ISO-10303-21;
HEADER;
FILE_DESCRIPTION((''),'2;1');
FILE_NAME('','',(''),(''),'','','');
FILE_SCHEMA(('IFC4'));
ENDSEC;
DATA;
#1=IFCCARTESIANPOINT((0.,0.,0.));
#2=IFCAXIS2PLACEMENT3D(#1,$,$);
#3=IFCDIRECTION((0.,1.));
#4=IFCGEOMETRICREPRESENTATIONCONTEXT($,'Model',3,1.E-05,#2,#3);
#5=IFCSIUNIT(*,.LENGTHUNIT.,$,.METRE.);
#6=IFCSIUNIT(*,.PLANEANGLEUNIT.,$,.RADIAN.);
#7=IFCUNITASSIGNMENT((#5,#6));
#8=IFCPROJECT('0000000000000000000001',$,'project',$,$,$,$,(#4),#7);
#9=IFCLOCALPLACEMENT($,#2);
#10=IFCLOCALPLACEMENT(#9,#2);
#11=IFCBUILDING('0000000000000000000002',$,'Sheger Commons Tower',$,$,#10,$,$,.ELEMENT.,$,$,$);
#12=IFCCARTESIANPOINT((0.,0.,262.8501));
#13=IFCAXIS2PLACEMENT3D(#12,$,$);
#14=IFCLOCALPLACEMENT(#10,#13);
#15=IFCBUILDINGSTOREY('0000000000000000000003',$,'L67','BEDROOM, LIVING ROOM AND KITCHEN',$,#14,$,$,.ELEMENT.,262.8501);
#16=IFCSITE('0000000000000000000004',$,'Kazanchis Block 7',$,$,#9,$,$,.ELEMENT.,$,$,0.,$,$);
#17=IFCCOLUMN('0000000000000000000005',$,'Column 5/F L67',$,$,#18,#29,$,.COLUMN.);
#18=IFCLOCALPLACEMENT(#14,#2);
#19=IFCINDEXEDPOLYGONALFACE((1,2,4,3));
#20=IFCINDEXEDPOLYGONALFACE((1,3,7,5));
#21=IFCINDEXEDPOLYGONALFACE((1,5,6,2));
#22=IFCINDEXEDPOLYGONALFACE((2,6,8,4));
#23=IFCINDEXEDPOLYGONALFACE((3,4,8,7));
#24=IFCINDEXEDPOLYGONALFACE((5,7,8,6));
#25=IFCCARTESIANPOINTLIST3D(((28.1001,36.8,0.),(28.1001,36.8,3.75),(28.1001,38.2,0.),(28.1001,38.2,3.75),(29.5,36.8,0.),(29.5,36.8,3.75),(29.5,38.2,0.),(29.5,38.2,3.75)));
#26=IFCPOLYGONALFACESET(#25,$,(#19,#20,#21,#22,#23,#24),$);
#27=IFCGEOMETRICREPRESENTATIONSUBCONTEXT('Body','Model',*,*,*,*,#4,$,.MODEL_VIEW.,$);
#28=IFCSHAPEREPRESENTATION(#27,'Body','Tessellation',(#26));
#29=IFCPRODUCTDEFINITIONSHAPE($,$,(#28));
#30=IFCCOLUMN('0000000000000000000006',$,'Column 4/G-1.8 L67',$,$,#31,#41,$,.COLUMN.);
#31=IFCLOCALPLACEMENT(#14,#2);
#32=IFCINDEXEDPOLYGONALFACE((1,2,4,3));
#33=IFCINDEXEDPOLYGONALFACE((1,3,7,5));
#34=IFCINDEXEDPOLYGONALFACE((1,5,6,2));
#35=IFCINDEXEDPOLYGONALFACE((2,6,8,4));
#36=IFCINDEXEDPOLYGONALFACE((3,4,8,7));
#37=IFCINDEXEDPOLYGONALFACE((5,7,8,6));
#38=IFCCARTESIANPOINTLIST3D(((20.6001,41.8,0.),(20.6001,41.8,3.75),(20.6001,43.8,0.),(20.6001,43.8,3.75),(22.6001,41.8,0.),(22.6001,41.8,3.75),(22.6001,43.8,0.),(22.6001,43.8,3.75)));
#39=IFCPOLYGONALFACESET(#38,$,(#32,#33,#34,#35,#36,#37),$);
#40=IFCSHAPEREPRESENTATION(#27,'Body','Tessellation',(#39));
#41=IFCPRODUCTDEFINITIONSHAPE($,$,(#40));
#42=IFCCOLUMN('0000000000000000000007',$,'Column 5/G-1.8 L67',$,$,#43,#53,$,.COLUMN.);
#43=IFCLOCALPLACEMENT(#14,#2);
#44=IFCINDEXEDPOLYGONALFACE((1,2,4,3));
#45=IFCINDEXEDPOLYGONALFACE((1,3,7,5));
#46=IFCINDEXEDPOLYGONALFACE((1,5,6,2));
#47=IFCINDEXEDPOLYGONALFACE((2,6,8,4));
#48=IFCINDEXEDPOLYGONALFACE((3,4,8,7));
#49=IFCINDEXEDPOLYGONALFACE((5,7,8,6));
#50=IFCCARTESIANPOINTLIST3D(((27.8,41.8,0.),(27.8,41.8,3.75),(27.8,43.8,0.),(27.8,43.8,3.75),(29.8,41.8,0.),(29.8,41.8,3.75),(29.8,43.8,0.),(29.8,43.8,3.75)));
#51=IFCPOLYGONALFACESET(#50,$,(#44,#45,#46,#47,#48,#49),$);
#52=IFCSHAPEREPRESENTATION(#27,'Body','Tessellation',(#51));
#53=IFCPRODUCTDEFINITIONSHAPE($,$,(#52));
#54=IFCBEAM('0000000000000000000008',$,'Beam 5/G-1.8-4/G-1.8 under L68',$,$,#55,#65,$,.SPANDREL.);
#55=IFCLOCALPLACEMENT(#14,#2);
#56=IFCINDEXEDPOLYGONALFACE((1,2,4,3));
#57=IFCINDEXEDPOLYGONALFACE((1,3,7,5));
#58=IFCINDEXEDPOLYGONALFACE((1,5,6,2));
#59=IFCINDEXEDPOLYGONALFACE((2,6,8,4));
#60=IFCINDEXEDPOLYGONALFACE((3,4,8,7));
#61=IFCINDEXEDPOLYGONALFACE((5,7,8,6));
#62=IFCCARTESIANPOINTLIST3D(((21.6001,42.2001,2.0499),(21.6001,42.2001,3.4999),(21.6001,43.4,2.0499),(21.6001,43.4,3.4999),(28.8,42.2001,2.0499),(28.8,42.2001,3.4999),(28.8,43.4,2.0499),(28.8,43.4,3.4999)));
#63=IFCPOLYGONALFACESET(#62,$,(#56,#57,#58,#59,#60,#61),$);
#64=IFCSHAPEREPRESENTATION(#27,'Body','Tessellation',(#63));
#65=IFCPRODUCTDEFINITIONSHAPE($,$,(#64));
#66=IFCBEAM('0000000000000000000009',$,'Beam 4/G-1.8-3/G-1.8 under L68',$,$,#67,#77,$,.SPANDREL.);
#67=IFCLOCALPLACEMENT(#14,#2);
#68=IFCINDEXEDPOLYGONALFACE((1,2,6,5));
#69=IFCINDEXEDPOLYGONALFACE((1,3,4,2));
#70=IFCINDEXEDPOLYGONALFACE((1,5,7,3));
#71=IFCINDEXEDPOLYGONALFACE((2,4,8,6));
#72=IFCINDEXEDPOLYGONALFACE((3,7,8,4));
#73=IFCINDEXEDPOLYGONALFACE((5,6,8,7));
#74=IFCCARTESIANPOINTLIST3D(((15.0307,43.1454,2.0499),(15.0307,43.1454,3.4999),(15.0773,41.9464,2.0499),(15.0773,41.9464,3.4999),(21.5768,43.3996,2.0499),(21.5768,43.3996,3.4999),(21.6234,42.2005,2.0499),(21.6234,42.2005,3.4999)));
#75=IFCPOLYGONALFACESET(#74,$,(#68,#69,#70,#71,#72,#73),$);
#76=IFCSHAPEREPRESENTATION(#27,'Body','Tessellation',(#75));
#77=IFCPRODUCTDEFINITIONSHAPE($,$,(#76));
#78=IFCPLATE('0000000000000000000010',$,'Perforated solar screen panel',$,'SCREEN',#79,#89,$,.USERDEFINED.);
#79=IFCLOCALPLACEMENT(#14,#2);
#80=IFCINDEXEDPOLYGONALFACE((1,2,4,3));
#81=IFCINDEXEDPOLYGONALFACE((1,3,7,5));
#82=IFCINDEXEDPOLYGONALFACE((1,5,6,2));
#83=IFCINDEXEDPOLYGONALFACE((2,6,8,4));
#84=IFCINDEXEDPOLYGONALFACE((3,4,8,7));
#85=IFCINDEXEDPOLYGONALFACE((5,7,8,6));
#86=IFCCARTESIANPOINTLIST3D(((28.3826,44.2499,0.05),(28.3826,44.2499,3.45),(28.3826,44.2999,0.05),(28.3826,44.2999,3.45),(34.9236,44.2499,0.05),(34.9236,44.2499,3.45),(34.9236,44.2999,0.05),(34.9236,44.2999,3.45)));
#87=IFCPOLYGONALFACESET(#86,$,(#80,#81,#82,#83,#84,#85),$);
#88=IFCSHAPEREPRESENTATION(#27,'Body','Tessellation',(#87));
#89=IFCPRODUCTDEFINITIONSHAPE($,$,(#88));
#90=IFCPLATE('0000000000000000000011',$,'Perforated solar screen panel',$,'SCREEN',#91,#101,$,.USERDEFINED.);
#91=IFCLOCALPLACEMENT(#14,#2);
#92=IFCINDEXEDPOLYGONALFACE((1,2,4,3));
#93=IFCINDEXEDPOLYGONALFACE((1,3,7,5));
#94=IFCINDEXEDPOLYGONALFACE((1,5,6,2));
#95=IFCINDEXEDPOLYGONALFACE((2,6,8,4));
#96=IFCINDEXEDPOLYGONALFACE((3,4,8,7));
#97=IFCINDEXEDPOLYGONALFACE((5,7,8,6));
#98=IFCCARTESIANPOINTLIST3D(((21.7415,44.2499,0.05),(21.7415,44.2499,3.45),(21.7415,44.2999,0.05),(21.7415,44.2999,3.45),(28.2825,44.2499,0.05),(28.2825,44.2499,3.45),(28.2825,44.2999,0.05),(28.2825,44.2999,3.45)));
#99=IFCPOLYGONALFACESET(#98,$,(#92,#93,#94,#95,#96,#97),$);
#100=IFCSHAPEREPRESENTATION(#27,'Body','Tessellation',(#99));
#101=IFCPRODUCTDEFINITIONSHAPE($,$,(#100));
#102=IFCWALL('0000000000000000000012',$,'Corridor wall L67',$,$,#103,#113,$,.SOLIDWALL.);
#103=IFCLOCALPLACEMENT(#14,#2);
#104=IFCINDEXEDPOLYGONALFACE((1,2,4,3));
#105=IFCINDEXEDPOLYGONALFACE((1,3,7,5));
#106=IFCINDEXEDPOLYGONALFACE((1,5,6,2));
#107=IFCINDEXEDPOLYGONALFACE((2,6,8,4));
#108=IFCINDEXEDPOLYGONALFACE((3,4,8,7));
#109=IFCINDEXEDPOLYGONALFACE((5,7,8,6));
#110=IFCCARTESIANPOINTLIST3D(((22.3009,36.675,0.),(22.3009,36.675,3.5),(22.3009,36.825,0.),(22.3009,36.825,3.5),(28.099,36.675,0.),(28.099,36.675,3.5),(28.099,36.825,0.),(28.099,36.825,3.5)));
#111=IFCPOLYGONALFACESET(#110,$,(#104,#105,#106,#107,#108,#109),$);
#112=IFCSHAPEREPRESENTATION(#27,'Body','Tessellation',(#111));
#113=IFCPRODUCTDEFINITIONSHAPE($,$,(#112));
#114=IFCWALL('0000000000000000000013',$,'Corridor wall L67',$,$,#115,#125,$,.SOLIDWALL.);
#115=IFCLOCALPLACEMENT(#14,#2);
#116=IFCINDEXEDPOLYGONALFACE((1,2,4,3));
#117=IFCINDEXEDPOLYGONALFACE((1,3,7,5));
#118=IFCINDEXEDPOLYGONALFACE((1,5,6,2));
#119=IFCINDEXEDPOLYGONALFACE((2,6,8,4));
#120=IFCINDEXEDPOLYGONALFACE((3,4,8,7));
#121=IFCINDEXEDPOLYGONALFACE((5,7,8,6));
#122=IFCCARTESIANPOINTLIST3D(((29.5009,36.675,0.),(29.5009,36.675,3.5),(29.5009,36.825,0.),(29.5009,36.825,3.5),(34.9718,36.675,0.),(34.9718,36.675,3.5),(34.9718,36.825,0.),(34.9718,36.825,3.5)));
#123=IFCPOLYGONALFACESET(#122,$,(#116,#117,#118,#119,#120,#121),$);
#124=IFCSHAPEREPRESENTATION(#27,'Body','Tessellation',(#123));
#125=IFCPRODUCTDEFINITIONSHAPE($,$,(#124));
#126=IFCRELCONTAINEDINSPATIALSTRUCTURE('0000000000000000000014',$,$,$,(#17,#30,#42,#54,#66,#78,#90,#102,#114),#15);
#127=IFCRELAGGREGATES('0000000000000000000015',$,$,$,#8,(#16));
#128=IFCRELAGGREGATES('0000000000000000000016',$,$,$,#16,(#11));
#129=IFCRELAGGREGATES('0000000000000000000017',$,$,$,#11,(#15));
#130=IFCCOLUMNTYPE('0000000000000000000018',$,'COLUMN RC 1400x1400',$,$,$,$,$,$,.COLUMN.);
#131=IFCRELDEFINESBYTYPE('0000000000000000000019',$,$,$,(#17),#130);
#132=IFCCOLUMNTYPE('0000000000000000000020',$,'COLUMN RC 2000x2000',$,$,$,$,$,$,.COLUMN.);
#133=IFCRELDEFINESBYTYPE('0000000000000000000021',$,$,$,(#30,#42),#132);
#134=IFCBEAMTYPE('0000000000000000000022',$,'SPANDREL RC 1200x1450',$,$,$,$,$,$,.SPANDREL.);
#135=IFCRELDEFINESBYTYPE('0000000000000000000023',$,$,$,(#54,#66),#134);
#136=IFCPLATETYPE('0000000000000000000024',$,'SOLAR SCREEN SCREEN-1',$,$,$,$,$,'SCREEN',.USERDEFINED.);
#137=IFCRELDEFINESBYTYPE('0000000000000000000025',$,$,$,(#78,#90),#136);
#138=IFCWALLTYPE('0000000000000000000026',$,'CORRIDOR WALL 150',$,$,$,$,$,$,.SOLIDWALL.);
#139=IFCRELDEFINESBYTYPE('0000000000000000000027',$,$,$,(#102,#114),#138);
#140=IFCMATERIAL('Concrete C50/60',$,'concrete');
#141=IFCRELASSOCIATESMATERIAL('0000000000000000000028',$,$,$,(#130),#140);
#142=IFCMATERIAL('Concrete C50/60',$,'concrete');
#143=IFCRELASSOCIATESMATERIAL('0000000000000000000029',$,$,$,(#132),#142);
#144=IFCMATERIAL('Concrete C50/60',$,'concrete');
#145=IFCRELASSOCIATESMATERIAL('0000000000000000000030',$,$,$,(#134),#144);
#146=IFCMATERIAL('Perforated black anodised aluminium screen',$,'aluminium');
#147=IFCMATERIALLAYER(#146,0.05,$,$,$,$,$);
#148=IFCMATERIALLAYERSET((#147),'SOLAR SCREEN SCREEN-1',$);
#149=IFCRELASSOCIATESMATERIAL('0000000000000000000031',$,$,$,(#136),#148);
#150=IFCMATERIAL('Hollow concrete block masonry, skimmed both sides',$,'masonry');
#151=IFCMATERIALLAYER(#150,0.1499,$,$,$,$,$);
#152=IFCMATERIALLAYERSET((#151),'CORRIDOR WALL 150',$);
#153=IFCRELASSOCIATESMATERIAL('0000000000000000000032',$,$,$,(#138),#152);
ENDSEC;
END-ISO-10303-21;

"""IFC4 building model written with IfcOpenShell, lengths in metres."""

from ifc_helpers import new_model, si_unit, direction, frame, frame_2d, origin, origin_2d, place, context, subcontext, project, spatial, rectangle, extrude, material, layer, layer_set, material_profile, profile_set, type_object, element, save


model = new_model("IFC4")

# Units and contexts
model_context = context("Model", 3, precision=1e-05, world=origin(), true_north=direction((0.0, 1.0)))
body_context = subcontext(model_context, "Body", "Model", "MODEL_VIEW")
ifc_project = project(units=[si_unit("LENGTHUNIT", "METRE"), si_unit("PLANEANGLEUNIT", "RADIAN")], contexts=[model_context])

# Site, building, storey
site_placement = place(None, origin())
site = spatial("IfcSite", under=ifc_project, at=site_placement, Name="Kazanchis Block 7", CompositionType="ELEMENT", RefElevation=0.0)
building_placement = place(site_placement, origin())
building = spatial("IfcBuilding", under=site, at=building_placement, Name="Sheger Commons Tower", CompositionType="ELEMENT")
storey_placement = place(building_placement, frame((0.0, 0.0, 262.8501)))
storey = spatial("IfcBuildingStorey", under=building, at=storey_placement, Name="L67", Description="BEDROOM, LIVING ROOM AND KITCHEN", CompositionType="ELEMENT", Elevation=262.8501)

# Columns
ifc_material_1 = material(Name="Concrete C50/60", Category="concrete")
ifc_material_profile_1 = material_profile(ifc_material_1, rectangle(XDim=1.3999, YDim=1.3999, at=origin_2d()), Name="RC 1400x1400")
ifc_profile_set_1 = profile_set([ifc_material_profile_1], Name="Concrete C50/60")
column_type_1 = type_object("IfcColumnType", Name="COLUMN RC 1400x1400", PredefinedType="COLUMN", material=ifc_profile_set_1)
column_placement = place(storey_placement, frame((28.8, 37.5, 0.0), z_axis=(0.0, 0.0, 1.0), x_axis=(1.0, 0.0, 0.0)))
element("IfcColumn", 1, at=column_placement, inside=storey, type_object=column_type_1, Name="Column 5/F L67", PredefinedType="COLUMN", context=body_context, shape_type="SweptSolid", body=[
    extrude(rectangle(XDim=1.3999, YDim=1.3999, at=origin_2d()), origin(), (0.0, 0.0, 1.0), 3.75),
])
ifc_material_2 = material(Name="Concrete C50/60", Category="concrete")
ifc_material_profile_2 = material_profile(ifc_material_2, rectangle(XDim=2.0, YDim=2.0, at=origin_2d()), Name="RC 2000x2000")
ifc_profile_set_2 = profile_set([ifc_material_profile_2], Name="Concrete C50/60")
column_type_2 = type_object("IfcColumnType", Name="COLUMN RC 2000x2000", PredefinedType="COLUMN", material=ifc_profile_set_2)
for number, where, z_axis, x_axis, name in (
    (2, (21.6001, 42.8, 0.0), (0.0, 0.0, 1.0), (1.0, 0.0, 0.0), "Column 4/G-1.8 L67"),
    (3, (28.8, 42.8, 0.0), (0.0, 0.0, 1.0), (1.0, 0.0, 0.0), "Column 5/G-1.8 L67"),
):
    element("IfcColumn", number, at=place(storey_placement, frame(where, z_axis=z_axis, x_axis=x_axis)), inside=storey, type_object=column_type_2, Name=name, PredefinedType="COLUMN", context=body_context, shape_type="SweptSolid", body=[
        extrude(rectangle(XDim=2.0, YDim=2.0, at=origin_2d()), origin(), (0.0, 0.0, 1.0), 3.75),
    ])

# Beams
ifc_material_3 = material(Name="Concrete C50/60", Category="concrete")
ifc_material_profile_3 = material_profile(ifc_material_3, rectangle(XDim=1.2, YDim=1.45, at=origin_2d()), Name="RC 1200x1450")
ifc_profile_set_3 = profile_set([ifc_material_profile_3], Name="Concrete C50/60")
beam_type = type_object("IfcBeamType", Name="SPANDREL RC 1200x1450", PredefinedType="SPANDREL", material=ifc_profile_set_3)
beam_1_placement = place(storey_placement, frame((28.8, 42.8, 2.7749), z_axis=(-1.0, 0.0, 0.0), x_axis=(0.0, -1.0, 0.0)))
element("IfcBeam", 4, at=beam_1_placement, inside=storey, type_object=beam_type, Name="Beam 5/G-1.8-4/G-1.8 under L68", PredefinedType="SPANDREL", context=body_context, shape_type="SweptSolid", body=[
    extrude(rectangle(XDim=1.2, YDim=1.45, at=origin_2d()), origin(), (0.0, 0.0, 1.0), 7.2),
])
beam_2_placement = place(storey_placement, frame((21.6001, 42.8, 2.7749), z_axis=(-0.999247, -0.038795, 0.0), x_axis=(0.038795, -0.999247, 0.0)))
element("IfcBeam", 5, at=beam_2_placement, inside=storey, type_object=beam_type, Name="Beam 4/G-1.8-3/G-1.8 under L68", PredefinedType="SPANDREL", context=body_context, shape_type="SweptSolid", body=[
    extrude(rectangle(XDim=1.2, YDim=1.45, at=origin_2d()), origin(), (0.0, 0.0, 1.0), 6.551),
])

# Plates
ifc_material_4 = material(Name="Perforated black anodised aluminium screen", Category="aluminium")
ifc_layer_1 = layer(ifc_material_4, 0.05)
ifc_layer_set_1 = layer_set([ifc_layer_1], Name="SOLAR SCREEN SCREEN-1")
plate_type = type_object("IfcPlateType", Name="SOLAR SCREEN SCREEN-1", ElementType="SCREEN", PredefinedType="USERDEFINED", material=ifc_layer_set_1)
for number, where, z_axis, x_axis, name in (
    (6, (31.6531, 44.2749, 0.05), (0.0, 0.0, 1.0), (-1.0, 0.0, 0.0), "Perforated solar screen panel"),
    (7, (25.012, 44.2749, 0.05), (0.0, 0.0, 1.0), (-1.0, 0.0, 0.0), "Perforated solar screen panel"),
):
    element("IfcPlate", number, at=place(storey_placement, frame(where, z_axis=z_axis, x_axis=x_axis)), inside=storey, type_object=plate_type, Name=name, ObjectType="SCREEN", PredefinedType="USERDEFINED", context=body_context, shape_type="SweptSolid", body=[
        extrude(rectangle(XDim=6.541, YDim=0.05, at=origin_2d()), origin(), (0.0, 0.0, 1.0), 3.3999),
    ])

# Walls
ifc_material_5 = material(Name="Hollow concrete block masonry, skimmed both sides", Category="masonry")
ifc_layer_2 = layer(ifc_material_5, 0.1499)
ifc_layer_set_2 = layer_set([ifc_layer_2], Name="CORRIDOR WALL 150")
wall_type_1 = type_object("IfcWallType", Name="CORRIDOR WALL 150", PredefinedType="SOLIDWALL", material=ifc_layer_set_2)
wall_1_placement = place(storey_placement, frame((22.301, 36.75, 0.0), z_axis=(0.0, 0.0, 1.0), x_axis=(1.0, 0.0, 0.0)))
element("IfcWall", 8, at=wall_1_placement, inside=storey, type_object=wall_type_1, Name="Corridor wall L67", PredefinedType="SOLIDWALL", context=body_context, shape_type="SweptSolid", body=[
    extrude(rectangle(XDim=5.7981, YDim=0.1499, at=frame_2d((2.8989, 0.0))), origin(), (0.0, 0.0, 1.0), 3.5),
])
wall_2_placement = place(storey_placement, frame((29.501, 36.75, 0.0), z_axis=(0.0, 0.0, 1.0), x_axis=(1.0, 0.0, 0.0)))
element("IfcWall", 9, at=wall_2_placement, inside=storey, type_object=wall_type_1, Name="Corridor wall L67", PredefinedType="SOLIDWALL", context=body_context, shape_type="SweptSolid", body=[
    extrude(rectangle(XDim=5.4709, YDim=0.1499, at=frame_2d((2.7354, 0.0))), origin(), (0.0, 0.0, 1.0), 3.5),
])

save(model, "model.ifc")
